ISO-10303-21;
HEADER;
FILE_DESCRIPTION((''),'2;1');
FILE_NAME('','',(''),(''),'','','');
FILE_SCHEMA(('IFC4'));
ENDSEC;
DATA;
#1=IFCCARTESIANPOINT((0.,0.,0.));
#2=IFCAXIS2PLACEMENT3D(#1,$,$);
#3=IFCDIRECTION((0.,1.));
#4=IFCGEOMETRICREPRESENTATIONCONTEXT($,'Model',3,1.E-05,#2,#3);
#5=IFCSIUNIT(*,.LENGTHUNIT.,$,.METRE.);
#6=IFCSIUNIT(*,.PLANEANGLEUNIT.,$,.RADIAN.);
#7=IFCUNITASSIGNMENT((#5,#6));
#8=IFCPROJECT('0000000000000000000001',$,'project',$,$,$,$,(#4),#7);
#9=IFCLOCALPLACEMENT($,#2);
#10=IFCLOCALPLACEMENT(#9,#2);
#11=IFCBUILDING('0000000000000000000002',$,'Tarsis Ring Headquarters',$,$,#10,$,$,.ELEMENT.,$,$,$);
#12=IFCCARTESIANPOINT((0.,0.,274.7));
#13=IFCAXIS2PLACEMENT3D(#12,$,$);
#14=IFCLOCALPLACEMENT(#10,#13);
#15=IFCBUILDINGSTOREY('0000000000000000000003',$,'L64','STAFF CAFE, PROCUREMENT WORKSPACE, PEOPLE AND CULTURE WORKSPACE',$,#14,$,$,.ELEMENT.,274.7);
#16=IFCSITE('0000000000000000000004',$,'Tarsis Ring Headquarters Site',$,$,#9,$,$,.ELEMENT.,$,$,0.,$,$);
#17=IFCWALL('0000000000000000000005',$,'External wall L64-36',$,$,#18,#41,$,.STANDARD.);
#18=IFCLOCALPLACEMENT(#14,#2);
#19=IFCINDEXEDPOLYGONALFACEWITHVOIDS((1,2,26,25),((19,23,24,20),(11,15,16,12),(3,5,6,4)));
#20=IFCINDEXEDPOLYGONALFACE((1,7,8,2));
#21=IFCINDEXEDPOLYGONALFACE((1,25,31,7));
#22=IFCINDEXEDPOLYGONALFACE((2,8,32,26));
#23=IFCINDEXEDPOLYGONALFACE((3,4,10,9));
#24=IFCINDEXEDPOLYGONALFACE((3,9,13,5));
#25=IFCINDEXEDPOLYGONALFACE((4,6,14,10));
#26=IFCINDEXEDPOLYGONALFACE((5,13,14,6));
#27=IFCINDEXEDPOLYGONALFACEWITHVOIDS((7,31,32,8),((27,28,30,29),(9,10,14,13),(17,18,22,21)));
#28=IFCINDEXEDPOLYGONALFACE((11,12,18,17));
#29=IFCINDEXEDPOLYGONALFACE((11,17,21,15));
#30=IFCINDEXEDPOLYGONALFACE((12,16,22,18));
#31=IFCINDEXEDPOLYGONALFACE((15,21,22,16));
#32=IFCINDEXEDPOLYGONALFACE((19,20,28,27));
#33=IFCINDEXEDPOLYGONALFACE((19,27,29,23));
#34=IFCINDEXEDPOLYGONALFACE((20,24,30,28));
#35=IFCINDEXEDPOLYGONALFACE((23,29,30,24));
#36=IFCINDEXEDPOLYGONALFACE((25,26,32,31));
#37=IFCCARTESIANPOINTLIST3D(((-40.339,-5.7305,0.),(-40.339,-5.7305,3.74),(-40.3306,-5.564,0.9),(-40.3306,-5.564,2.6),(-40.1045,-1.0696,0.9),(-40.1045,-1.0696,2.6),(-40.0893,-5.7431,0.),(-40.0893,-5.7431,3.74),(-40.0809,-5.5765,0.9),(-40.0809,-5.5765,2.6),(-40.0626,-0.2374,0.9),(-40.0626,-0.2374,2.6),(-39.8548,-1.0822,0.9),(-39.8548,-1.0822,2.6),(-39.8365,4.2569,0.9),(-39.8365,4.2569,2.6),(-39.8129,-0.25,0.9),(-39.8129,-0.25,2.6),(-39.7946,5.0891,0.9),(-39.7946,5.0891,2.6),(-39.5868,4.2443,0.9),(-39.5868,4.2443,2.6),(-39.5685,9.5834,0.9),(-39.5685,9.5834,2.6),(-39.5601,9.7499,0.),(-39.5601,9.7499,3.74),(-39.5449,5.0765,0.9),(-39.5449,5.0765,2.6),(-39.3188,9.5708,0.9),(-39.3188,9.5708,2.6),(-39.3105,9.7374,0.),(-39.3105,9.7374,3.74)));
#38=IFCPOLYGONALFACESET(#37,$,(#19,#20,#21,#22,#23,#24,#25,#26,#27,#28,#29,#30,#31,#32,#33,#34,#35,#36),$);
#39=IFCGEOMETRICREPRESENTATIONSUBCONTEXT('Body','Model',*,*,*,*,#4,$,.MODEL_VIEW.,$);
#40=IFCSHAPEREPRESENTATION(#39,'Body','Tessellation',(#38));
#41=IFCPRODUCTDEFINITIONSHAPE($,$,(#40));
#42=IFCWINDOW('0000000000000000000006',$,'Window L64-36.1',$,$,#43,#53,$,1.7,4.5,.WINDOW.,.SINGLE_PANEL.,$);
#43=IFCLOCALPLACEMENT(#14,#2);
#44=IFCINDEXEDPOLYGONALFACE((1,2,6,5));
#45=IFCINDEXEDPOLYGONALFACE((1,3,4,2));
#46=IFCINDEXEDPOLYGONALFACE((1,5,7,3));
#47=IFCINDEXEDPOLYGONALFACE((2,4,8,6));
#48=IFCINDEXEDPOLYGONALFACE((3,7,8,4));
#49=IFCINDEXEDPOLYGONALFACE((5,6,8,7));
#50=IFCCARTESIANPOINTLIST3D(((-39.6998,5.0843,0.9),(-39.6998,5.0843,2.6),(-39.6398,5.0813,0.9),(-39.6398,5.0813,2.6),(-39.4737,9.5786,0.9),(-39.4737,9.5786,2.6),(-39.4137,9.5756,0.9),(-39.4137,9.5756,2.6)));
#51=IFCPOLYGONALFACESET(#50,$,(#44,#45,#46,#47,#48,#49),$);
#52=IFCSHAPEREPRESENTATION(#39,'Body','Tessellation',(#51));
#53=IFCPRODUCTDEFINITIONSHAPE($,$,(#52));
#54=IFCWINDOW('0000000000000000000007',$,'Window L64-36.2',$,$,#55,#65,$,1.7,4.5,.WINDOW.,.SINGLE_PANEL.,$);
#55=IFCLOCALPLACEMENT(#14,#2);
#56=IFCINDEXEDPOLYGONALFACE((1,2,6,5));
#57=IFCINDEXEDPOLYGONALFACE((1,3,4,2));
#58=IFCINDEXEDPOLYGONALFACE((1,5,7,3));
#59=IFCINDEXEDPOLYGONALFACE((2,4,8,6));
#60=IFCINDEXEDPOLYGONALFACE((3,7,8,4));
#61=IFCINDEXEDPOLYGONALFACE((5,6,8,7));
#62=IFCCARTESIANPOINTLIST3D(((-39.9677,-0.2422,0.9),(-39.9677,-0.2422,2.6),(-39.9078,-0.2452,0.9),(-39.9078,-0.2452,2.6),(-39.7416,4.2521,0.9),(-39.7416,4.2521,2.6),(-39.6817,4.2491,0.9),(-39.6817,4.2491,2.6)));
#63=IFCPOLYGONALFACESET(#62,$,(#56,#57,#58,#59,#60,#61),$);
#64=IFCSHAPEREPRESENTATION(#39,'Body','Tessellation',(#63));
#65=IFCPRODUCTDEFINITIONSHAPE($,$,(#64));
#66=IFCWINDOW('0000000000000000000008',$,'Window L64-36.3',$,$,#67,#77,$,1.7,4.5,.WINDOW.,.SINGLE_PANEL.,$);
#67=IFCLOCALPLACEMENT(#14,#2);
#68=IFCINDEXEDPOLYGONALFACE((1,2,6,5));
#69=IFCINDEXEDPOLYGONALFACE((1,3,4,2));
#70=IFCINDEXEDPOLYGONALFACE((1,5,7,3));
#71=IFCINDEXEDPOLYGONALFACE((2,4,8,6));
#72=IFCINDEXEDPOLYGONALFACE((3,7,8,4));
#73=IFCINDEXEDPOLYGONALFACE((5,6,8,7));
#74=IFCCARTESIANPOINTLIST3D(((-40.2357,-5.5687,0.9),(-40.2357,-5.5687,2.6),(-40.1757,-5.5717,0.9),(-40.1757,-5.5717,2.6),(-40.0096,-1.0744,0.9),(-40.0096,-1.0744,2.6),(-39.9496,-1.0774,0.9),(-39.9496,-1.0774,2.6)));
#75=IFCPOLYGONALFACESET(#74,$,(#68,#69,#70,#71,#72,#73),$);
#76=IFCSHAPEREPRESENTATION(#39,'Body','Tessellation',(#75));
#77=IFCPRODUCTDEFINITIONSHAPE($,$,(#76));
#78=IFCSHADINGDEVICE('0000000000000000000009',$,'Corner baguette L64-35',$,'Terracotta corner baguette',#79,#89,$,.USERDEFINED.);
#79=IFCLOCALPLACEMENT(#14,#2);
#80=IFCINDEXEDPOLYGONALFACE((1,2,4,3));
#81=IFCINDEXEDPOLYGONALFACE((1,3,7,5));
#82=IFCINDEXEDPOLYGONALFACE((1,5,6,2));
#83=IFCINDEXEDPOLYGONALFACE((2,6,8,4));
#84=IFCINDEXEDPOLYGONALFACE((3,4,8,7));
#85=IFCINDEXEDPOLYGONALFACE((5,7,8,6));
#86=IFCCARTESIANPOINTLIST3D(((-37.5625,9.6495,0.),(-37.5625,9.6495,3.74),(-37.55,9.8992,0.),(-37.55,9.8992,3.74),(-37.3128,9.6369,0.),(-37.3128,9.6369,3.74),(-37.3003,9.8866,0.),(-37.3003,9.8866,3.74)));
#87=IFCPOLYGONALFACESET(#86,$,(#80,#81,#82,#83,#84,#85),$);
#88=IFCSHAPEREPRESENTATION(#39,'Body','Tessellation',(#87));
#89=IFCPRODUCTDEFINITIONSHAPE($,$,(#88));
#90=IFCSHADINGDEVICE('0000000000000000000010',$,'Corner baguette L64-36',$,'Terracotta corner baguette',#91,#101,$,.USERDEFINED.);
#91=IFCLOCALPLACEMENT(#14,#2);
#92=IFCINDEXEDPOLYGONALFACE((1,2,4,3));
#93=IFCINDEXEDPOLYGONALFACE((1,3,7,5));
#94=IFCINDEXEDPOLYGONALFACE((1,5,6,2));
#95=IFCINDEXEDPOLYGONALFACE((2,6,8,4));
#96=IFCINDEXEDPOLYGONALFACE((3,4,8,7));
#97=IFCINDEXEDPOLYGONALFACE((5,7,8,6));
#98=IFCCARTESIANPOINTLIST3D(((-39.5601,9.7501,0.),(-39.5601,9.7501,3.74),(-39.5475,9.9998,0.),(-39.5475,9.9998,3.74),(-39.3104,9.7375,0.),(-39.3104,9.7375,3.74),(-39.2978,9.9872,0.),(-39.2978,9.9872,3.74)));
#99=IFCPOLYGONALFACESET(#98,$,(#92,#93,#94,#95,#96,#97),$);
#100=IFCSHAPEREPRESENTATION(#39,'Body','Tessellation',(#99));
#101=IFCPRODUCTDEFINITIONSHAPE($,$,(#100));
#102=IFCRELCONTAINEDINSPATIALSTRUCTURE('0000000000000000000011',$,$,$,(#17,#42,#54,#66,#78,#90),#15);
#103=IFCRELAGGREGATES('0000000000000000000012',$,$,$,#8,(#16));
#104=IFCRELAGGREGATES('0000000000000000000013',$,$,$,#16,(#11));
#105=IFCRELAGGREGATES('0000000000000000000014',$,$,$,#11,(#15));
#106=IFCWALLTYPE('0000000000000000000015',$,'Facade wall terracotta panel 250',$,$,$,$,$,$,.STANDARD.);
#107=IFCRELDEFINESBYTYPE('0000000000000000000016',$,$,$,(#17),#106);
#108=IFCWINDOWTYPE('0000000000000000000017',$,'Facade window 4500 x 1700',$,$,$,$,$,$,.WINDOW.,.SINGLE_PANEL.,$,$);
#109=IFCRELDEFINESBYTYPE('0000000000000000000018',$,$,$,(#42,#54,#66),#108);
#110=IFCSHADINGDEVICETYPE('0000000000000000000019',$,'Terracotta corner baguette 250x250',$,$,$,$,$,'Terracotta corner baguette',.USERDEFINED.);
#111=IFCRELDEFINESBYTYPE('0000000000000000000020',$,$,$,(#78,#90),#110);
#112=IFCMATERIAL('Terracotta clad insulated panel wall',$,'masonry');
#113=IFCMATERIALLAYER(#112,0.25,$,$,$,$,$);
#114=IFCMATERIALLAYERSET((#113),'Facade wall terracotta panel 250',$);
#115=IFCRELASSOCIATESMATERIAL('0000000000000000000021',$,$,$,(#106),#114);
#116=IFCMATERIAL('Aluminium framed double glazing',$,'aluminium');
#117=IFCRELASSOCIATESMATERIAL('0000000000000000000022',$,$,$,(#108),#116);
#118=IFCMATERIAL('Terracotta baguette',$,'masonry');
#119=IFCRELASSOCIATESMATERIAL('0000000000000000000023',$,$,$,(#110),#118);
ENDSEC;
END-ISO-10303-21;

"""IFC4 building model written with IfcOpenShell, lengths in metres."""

from ifc_helpers import new_model, si_unit, direction, frame, frame_2d, origin, origin_2d, place, context, subcontext, project, spatial, rectangle, extrude, material, layer, layer_set, type_object, element, fill, save


model = new_model("IFC4")

# Units and contexts
model_context = context("Model", 3, precision=1e-05, world=origin(), true_north=direction((0.0, 1.0)))
body_context = subcontext(model_context, "Body", "Model", "MODEL_VIEW")
ifc_project = project(units=[si_unit("LENGTHUNIT", "METRE"), si_unit("PLANEANGLEUNIT", "RADIAN")], contexts=[model_context])

# Site, building, storey
site_placement = place(None, origin())
site = spatial("IfcSite", under=ifc_project, at=site_placement, Name="Tarsis Ring Headquarters Site", CompositionType="ELEMENT", RefElevation=0.0)
building_placement = place(site_placement, origin())
building = spatial("IfcBuilding", under=site, at=building_placement, Name="Tarsis Ring Headquarters", CompositionType="ELEMENT")
storey_placement = place(building_placement, frame((0.0, 0.0, 274.7)))
storey = spatial("IfcBuildingStorey", under=building, at=storey_placement, Name="L64", Description="STAFF CAFE, PROCUREMENT WORKSPACE, PEOPLE AND CULTURE WORKSPACE", CompositionType="ELEMENT", Elevation=274.7)

# Shared definitions
ifc_material_1 = material(Name="Terracotta clad insulated panel wall", Category="masonry")
ifc_layer_1 = layer(ifc_material_1, 0.25)
ifc_layer_set_1 = layer_set([ifc_layer_1], Name="Facade wall terracotta panel 250")
wall_type_1 = type_object("IfcWallType", Name="Facade wall terracotta panel 250", PredefinedType="STANDARD", material=ifc_layer_set_1)

# Wall, openings, windows
wall_1_placement = place(storey_placement, frame((-39.4353, 9.7437, 0.0), z_axis=(0.0, 0.0, 1.0), x_axis=(-0.050246, -0.998737, 0.0)))
wall_1 = element("IfcWall", 1, at=wall_1_placement, inside=storey, type_object=wall_type_1, Name="External wall L64-36", PredefinedType="STANDARD", context=body_context, shape_type="SweptSolid", body=[
    extrude(rectangle(XDim=15.5, YDim=0.25, at=frame_2d((7.75, 0.0))), origin(), (0.0, 0.0, 1.0), 3.74),
])
opening_1_placement = place(wall_1_placement, frame((0.1667, 0.0, 0.8999)))
opening_1 = element("IfcOpeningElement", 2, at=opening_1_placement, cuts=wall_1, PredefinedType="OPENING", context=body_context, shape_type="SweptSolid", body=[
    extrude(rectangle(XDim=4.5, YDim=1.7, at=frame_2d((2.25, 0.8501))), frame((0.0, 0.135, 0.0), z_axis=(0.0, -1.0, 0.0), x_axis=(1.0, 0.0, 0.0)), (0.0, 0.0, 1.0), 0.27),
])
opening_2_placement = place(wall_1_placement, frame((5.5, 0.0, 0.8999)))
opening_2 = element("IfcOpeningElement", 3, at=opening_2_placement, cuts=wall_1, PredefinedType="OPENING", context=body_context, shape_type="SweptSolid", body=[
    extrude(rectangle(XDim=4.5, YDim=1.7, at=frame_2d((2.25, 0.8501))), frame((0.0, 0.135, 0.0), z_axis=(0.0, -1.0, 0.0), x_axis=(1.0, 0.0, 0.0)), (0.0, 0.0, 1.0), 0.27),
])
opening_3_placement = place(wall_1_placement, frame((10.8333, 0.0, 0.8999)))
opening_3 = element("IfcOpeningElement", 4, at=opening_3_placement, cuts=wall_1, PredefinedType="OPENING", context=body_context, shape_type="SweptSolid", body=[
    extrude(rectangle(XDim=4.5, YDim=1.7, at=frame_2d((2.25, 0.8501))), frame((0.0, 0.135, 0.0), z_axis=(0.0, -1.0, 0.0), x_axis=(1.0, 0.0, 0.0)), (0.0, 0.0, 1.0), 0.27),
])
ifc_material_2 = material(Name="Aluminium framed double glazing", Category="aluminium")
window_type = type_object("IfcWindowType", Name="Facade window 4500 x 1700", PartitioningType="SINGLE_PANEL", PredefinedType="WINDOW", material=ifc_material_2)
window_1_placement = place(opening_1_placement, origin())
window_1 = element("IfcWindow", 5, at=window_1_placement, inside=storey, type_object=window_type, Name="Window L64-36.1", OverallHeight=1.7, OverallWidth=4.5, PartitioningType="SINGLE_PANEL", PredefinedType="WINDOW", context=body_context, shape_type="SweptSolid", body=[
    extrude(rectangle(XDim=4.5, YDim=1.7, at=frame_2d((2.25, 0.8501))), frame((0.0, 0.03, 0.0), z_axis=(0.0, -1.0, 0.0), x_axis=(1.0, 0.0, 0.0)), (0.0, 0.0, 1.0), 0.0601),
])
fill(opening_1, window_1)
window_2_placement = place(opening_2_placement, origin())
window_2 = element("IfcWindow", 6, at=window_2_placement, inside=storey, type_object=window_type, Name="Window L64-36.2", OverallHeight=1.7, OverallWidth=4.5, PartitioningType="SINGLE_PANEL", PredefinedType="WINDOW", context=body_context, shape_type="SweptSolid", body=[
    extrude(rectangle(XDim=4.5, YDim=1.7, at=frame_2d((2.25, 0.8501))), frame((0.0, 0.03, 0.0), z_axis=(0.0, -1.0, 0.0), x_axis=(1.0, 0.0, 0.0)), (0.0, 0.0, 1.0), 0.0601),
])
fill(opening_2, window_2)
window_3_placement = place(opening_3_placement, origin())
window_3 = element("IfcWindow", 7, at=window_3_placement, inside=storey, type_object=window_type, Name="Window L64-36.3", OverallHeight=1.7, OverallWidth=4.5, PartitioningType="SINGLE_PANEL", PredefinedType="WINDOW", context=body_context, shape_type="SweptSolid", body=[
    extrude(rectangle(XDim=4.5, YDim=1.7, at=frame_2d((2.25, 0.8501))), frame((0.0, 0.03, 0.0), z_axis=(0.0, -1.0, 0.0), x_axis=(1.0, 0.0, 0.0)), (0.0, 0.0, 1.0), 0.0601),
])
fill(opening_3, window_3)

# Shading devices
ifc_material_3 = material(Name="Terracotta baguette", Category="masonry")
shading_device_type_1 = type_object("IfcShadingDeviceType", Name="Terracotta corner baguette 250x250", ElementType="Terracotta corner baguette", PredefinedType="USERDEFINED", material=ifc_material_3)
for number, where, z_axis, x_axis, name in (
    (8, (-37.4314, 9.7681, 0.0), (0.0, 0.0, 1.0), (-0.050244, -0.998737, 0.0), "Corner baguette L64-35"),
    (9, (-39.429, 9.8687, 0.0), (0.0, 0.0, 1.0), (-0.998737, 0.050244, 0.0), "Corner baguette L64-36"),
):
    element("IfcShadingDevice", number, at=place(storey_placement, frame(where, z_axis=z_axis, x_axis=x_axis)), inside=storey, type_object=shading_device_type_1, Name=name, ObjectType="Terracotta corner baguette", PredefinedType="USERDEFINED", context=body_context, shape_type="SweptSolid", body=[
        extrude(rectangle(XDim=0.25, YDim=0.25, at=origin_2d()), origin(), (0.0, 0.0, 1.0), 3.74),
    ])

save(model, "model.ifc")
